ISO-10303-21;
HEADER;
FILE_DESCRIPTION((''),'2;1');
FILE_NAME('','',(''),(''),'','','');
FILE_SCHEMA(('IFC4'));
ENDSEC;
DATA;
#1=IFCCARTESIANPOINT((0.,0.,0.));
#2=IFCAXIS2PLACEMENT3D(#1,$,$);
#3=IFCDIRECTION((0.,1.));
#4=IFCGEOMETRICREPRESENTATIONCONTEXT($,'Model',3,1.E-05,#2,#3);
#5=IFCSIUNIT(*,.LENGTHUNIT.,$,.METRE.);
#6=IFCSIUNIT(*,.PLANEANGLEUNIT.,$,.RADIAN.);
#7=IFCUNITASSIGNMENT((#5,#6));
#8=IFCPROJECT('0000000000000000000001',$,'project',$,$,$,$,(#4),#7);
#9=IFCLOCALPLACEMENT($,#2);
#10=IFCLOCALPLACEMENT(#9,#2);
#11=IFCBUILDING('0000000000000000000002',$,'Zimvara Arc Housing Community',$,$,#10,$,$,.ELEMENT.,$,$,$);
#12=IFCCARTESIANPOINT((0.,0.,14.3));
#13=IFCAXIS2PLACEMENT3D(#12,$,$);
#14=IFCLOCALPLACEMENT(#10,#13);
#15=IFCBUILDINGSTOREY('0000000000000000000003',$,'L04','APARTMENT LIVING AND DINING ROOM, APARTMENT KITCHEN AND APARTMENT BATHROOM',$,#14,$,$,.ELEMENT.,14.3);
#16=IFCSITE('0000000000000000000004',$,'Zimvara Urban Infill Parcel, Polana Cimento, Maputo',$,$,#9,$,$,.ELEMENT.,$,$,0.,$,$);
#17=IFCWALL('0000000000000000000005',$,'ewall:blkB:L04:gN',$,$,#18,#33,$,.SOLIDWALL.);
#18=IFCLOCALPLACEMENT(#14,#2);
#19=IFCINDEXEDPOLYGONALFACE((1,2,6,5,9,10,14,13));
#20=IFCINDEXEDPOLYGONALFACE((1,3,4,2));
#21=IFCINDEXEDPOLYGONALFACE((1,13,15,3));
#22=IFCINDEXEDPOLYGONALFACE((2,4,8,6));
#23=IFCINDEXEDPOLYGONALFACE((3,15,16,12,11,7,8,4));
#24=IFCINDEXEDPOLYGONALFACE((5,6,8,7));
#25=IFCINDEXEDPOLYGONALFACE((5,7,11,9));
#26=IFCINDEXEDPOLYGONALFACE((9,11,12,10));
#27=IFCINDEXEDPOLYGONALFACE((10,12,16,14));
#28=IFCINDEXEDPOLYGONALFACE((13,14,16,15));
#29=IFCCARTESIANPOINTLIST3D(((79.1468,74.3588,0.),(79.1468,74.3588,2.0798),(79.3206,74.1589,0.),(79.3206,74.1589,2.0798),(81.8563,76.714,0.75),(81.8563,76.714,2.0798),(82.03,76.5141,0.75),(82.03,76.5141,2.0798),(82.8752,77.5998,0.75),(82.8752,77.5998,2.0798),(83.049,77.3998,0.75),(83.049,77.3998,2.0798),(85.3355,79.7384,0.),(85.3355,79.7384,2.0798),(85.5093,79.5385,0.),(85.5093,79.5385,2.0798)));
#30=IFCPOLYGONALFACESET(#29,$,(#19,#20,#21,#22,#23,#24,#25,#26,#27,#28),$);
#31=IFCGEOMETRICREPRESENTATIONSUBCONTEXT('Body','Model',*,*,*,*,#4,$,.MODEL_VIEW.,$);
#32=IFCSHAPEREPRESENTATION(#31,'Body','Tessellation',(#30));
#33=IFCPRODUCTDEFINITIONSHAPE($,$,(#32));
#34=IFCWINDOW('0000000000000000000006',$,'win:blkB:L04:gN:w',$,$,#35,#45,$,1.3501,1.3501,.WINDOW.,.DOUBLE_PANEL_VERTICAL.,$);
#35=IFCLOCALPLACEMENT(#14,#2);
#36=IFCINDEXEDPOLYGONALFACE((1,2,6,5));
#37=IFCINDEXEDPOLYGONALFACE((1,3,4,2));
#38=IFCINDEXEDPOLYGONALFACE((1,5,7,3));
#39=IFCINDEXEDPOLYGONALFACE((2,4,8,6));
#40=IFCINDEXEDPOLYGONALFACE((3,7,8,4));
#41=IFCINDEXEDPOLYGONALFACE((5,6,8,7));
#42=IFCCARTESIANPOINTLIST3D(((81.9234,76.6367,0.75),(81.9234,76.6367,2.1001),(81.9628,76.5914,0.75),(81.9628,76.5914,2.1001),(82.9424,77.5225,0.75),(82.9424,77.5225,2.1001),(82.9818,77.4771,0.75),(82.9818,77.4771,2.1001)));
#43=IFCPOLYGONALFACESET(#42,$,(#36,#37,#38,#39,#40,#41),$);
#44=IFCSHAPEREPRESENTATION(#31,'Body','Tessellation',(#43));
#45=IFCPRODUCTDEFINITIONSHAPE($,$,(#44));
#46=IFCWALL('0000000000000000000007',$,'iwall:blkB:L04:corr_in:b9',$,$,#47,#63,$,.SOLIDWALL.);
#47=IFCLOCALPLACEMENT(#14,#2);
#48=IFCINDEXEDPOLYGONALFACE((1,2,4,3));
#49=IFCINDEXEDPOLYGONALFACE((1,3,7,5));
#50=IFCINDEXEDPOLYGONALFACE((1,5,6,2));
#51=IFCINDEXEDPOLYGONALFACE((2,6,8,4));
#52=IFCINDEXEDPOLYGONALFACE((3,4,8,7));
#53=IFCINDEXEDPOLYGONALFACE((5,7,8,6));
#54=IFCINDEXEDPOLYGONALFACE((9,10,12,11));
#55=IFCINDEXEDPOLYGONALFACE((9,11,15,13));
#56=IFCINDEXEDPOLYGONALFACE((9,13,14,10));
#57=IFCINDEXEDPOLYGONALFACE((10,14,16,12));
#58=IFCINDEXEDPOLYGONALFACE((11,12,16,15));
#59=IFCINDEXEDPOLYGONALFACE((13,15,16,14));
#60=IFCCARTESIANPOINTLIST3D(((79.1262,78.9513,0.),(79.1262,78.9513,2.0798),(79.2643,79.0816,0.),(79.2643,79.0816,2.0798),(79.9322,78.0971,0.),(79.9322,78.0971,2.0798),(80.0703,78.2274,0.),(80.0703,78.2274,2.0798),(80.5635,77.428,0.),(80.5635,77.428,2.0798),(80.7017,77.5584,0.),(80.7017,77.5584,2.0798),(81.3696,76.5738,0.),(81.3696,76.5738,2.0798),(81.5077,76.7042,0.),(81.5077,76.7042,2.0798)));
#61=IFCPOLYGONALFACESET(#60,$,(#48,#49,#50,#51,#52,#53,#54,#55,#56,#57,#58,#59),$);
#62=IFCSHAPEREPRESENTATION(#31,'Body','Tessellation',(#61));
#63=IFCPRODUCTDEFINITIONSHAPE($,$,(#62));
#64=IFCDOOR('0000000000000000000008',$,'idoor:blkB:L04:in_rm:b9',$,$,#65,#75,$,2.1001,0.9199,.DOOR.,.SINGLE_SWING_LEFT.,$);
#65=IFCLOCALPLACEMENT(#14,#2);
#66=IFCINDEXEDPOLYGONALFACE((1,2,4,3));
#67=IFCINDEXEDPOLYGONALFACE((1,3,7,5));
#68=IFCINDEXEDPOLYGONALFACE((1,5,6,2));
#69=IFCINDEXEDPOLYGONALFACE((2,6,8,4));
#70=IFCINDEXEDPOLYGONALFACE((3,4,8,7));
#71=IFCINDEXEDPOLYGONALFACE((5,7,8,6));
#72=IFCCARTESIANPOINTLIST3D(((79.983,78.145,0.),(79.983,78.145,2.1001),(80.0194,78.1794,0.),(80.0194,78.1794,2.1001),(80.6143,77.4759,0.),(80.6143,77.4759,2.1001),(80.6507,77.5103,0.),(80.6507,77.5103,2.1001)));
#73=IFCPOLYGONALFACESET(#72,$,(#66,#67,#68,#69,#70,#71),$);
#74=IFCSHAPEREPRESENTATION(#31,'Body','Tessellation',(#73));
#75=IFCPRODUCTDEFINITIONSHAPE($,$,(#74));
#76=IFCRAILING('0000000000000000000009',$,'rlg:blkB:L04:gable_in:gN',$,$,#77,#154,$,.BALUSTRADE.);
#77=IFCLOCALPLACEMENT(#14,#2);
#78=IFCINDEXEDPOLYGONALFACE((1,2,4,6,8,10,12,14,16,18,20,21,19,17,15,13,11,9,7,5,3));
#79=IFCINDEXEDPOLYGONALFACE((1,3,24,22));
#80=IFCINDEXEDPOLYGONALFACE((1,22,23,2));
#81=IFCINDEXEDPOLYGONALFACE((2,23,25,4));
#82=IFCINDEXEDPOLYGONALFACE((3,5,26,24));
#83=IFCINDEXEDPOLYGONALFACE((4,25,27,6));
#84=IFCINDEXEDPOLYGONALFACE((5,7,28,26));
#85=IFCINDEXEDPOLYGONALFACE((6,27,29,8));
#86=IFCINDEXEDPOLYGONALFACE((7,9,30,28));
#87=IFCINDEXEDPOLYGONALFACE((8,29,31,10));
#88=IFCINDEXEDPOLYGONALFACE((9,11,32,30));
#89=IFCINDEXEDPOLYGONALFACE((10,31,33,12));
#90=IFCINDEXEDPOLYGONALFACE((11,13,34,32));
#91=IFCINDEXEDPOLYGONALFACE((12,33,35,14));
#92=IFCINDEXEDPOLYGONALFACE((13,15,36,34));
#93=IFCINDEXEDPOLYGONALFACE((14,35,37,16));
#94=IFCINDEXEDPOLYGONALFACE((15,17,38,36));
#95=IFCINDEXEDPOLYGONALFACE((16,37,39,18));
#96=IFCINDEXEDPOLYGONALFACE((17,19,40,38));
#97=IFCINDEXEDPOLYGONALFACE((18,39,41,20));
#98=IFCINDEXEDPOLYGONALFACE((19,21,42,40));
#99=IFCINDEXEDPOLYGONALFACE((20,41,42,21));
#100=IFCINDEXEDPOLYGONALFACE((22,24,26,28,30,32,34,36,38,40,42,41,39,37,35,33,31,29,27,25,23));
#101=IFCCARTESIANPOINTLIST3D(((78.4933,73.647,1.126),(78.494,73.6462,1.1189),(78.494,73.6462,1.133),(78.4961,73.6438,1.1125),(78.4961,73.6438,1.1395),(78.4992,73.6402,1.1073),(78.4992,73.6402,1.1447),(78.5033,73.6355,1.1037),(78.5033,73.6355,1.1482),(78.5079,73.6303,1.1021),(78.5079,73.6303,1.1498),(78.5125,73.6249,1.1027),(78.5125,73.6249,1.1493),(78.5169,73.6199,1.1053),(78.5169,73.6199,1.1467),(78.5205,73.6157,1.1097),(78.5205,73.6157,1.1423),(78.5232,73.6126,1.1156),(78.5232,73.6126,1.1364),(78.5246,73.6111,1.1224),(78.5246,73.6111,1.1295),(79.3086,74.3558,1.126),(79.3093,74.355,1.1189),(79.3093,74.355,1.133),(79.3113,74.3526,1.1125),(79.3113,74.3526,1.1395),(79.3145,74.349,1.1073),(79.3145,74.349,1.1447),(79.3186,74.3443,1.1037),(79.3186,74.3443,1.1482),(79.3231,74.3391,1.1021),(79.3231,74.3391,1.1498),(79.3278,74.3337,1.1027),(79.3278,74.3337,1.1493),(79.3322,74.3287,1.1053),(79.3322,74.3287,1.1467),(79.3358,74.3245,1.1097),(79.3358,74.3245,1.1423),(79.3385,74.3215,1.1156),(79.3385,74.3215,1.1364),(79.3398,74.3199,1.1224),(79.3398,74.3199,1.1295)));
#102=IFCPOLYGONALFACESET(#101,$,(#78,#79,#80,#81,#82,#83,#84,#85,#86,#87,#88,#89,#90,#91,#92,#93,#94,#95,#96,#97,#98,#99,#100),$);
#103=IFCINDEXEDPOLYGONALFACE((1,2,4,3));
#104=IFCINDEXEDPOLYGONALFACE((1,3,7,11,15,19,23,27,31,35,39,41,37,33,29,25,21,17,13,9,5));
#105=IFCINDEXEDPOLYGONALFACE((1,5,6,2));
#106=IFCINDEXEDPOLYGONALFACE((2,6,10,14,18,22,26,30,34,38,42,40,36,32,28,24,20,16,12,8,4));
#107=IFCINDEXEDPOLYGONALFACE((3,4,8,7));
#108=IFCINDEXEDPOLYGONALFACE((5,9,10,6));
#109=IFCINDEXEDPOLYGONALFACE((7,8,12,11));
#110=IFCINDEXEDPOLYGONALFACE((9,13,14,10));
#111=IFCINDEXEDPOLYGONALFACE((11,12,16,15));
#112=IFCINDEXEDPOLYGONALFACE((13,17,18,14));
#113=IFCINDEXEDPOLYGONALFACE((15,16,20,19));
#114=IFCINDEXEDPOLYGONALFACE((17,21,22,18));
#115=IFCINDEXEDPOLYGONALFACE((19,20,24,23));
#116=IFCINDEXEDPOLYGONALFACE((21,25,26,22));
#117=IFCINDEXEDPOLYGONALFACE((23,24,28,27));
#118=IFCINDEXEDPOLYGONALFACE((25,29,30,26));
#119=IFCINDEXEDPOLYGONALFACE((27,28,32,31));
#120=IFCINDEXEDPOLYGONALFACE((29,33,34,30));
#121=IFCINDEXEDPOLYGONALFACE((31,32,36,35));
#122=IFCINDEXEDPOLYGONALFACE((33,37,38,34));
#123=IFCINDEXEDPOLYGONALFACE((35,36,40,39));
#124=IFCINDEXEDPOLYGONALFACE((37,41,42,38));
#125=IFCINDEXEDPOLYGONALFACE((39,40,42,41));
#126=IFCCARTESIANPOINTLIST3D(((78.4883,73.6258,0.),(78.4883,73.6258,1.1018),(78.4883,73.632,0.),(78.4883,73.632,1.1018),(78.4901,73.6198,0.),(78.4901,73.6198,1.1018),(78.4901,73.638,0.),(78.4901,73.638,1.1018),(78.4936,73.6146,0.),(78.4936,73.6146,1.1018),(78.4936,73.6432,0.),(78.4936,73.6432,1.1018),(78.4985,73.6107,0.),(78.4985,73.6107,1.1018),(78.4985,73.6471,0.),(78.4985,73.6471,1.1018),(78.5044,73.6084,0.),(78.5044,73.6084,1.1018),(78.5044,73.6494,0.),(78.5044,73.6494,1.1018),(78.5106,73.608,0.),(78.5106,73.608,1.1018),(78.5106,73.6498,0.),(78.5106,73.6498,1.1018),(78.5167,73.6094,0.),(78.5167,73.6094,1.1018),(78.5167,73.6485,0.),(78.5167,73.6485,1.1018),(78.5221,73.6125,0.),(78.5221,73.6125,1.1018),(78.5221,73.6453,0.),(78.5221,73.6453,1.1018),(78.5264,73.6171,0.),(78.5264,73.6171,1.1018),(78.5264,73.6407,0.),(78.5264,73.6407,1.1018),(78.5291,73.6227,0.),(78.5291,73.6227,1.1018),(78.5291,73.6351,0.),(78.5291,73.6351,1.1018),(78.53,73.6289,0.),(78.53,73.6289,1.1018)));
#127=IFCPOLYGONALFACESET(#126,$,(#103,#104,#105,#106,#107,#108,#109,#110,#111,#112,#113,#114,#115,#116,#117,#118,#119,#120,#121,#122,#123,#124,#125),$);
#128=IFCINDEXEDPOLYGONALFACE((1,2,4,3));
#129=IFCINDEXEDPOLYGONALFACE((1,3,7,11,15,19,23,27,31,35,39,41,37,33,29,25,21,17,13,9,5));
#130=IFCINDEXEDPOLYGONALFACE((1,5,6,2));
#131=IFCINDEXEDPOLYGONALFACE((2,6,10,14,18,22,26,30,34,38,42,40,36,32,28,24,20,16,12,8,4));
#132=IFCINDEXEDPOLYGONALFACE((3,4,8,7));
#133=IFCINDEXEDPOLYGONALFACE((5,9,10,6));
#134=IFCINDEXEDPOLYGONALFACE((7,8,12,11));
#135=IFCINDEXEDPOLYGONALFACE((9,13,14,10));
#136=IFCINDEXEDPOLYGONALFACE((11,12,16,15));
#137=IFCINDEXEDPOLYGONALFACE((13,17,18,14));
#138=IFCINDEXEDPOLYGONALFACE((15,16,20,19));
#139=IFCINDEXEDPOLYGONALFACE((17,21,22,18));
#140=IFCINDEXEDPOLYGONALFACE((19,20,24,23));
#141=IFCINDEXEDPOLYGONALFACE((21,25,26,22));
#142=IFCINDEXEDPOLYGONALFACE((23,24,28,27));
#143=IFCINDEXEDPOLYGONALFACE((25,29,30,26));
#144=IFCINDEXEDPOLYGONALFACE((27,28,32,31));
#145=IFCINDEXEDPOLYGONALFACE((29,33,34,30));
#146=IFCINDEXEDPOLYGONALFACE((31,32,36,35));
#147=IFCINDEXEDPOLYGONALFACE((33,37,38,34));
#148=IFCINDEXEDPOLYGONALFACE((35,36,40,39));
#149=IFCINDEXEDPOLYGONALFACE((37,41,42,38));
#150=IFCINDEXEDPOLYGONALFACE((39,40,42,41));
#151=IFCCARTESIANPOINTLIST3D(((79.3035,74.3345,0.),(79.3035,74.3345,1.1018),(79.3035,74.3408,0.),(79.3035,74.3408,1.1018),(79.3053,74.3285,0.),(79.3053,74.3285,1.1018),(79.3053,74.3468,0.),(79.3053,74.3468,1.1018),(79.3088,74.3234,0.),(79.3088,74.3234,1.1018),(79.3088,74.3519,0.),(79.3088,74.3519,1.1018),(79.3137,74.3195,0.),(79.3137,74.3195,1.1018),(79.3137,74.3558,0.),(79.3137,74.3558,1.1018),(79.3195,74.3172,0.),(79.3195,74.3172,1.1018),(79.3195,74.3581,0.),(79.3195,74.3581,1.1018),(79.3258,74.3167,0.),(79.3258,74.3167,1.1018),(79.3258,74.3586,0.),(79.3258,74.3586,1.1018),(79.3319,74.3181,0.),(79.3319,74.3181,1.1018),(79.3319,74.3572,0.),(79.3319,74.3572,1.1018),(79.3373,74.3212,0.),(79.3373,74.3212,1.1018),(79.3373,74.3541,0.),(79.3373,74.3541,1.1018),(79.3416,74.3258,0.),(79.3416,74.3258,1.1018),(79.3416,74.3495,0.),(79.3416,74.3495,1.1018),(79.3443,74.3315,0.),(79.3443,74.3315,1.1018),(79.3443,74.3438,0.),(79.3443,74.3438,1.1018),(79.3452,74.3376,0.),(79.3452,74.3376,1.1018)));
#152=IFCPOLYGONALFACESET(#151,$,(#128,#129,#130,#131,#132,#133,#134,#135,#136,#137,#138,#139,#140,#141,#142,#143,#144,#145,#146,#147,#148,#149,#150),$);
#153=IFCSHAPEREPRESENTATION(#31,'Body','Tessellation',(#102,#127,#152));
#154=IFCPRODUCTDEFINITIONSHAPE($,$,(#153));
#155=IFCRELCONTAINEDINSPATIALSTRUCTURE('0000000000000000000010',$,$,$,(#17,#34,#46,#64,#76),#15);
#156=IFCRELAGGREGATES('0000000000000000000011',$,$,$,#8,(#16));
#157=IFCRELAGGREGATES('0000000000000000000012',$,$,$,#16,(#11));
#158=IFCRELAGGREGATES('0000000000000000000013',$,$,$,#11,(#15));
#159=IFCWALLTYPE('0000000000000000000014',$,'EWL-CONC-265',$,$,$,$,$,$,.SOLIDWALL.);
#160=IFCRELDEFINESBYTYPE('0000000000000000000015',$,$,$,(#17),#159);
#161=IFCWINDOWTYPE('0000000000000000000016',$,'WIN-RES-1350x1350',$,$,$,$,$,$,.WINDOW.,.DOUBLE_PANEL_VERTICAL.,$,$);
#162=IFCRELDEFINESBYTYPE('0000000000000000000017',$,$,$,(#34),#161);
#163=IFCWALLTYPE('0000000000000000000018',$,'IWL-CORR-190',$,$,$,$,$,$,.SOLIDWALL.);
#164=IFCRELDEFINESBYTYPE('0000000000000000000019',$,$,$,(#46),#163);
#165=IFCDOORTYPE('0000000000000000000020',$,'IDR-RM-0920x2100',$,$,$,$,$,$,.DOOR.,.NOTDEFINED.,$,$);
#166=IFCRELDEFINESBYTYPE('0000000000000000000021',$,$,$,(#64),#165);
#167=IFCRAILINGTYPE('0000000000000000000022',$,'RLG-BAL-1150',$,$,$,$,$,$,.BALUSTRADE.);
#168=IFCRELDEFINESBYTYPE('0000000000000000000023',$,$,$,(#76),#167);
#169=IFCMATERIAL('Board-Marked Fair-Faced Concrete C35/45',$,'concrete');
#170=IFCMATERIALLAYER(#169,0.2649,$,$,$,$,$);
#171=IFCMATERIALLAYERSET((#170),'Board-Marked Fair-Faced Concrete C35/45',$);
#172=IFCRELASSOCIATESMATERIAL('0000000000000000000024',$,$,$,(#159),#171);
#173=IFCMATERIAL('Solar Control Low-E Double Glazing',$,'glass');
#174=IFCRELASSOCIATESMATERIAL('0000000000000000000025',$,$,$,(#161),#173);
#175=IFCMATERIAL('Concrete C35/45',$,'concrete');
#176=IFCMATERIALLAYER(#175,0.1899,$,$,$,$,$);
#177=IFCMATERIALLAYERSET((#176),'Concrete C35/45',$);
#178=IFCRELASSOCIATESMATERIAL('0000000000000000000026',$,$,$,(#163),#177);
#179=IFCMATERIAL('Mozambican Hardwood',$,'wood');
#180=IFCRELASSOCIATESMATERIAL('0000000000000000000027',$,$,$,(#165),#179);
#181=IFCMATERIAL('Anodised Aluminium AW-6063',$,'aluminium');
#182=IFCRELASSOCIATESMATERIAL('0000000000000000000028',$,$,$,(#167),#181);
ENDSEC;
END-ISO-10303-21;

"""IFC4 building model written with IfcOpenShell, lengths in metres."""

from ifc_helpers import new_model, si_unit, direction, frame, frame_2d, origin, origin_2d, place, context, subcontext, project, spatial, rectangle, circle, extrude, material, layer, layer_set, type_object, element, fill, save


model = new_model("IFC4")

# Units and contexts
model_context = context("Model", 3, precision=1e-05, world=origin(), true_north=direction((0.0, 1.0)))
body_context = subcontext(model_context, "Body", "Model", "MODEL_VIEW")
ifc_project = project(units=[si_unit("LENGTHUNIT", "METRE"), si_unit("PLANEANGLEUNIT", "RADIAN")], contexts=[model_context])

# Site, building, storey
site_placement = place(None, origin())
site = spatial("IfcSite", under=ifc_project, at=site_placement, Name="Zimvara Urban Infill Parcel, Polana Cimento, Maputo", CompositionType="ELEMENT", RefElevation=0.0)
building_placement = place(site_placement, origin())
building = spatial("IfcBuilding", under=site, at=building_placement, Name="Zimvara Arc Housing Community", CompositionType="ELEMENT")
storey_placement = place(building_placement, frame((0.0, 0.0, 14.3)))
storey = spatial("IfcBuildingStorey", under=building, at=storey_placement, Name="L04", Description="APARTMENT LIVING AND DINING ROOM, APARTMENT KITCHEN AND APARTMENT BATHROOM", CompositionType="ELEMENT", Elevation=14.3)

# Wall, opening, window
ifc_material_1 = material(Name="Board-Marked Fair-Faced Concrete C35/45", Category="concrete")
ifc_layer_1 = layer(ifc_material_1, 0.2649)
ifc_layer_set_1 = layer_set([ifc_layer_1], Name="Board-Marked Fair-Faced Concrete C35/45")
wall_type_1 = type_object("IfcWallType", Name="EWL-CONC-265", PredefinedType="SOLIDWALL", material=ifc_layer_set_1)
wall_1_placement = place(storey_placement, frame((79.2336, 74.2588, 0.0), z_axis=(0.0, 0.0, 1.0), x_axis=(0.754718, 0.65605, 0.0)))
wall_1 = element("IfcWall", 1, at=wall_1_placement, inside=storey, type_object=wall_type_1, Name="ewall:blkB:L04:gN", PredefinedType="SOLIDWALL", context=body_context, shape_type="SweptSolid", body=[
    extrude(rectangle(XDim=8.2, YDim=0.2649, at=frame_2d((4.1001, 0.0))), origin(), (0.0, 0.0, 1.0), 2.0798),
])
opening_1_placement = place(wall_1_placement, frame((3.5901, 0.0, 0.75)))
opening_1 = element("IfcOpeningElement", 2, at=opening_1_placement, cuts=wall_1, PredefinedType="OPENING", context=body_context, shape_type="SweptSolid", body=[
    extrude(rectangle(XDim=1.3501, YDim=1.3501, at=frame_2d((0.675, 0.675))), frame((0.0, 0.1423, 0.0), z_axis=(0.0, -1.0, 0.0), x_axis=(1.0, 0.0, 0.0)), (0.0, 0.0, 1.0), 0.2849),
])
ifc_material_2 = material(Name="Solar Control Low-E Double Glazing", Category="glass")
window_type = type_object("IfcWindowType", Name="WIN-RES-1350x1350", PartitioningType="DOUBLE_PANEL_VERTICAL", PredefinedType="WINDOW", material=ifc_material_2)
window_placement = place(opening_1_placement, origin())
window = element("IfcWindow", 3, at=window_placement, inside=storey, type_object=window_type, Name="win:blkB:L04:gN:w", OverallHeight=1.3501, OverallWidth=1.3501, PartitioningType="DOUBLE_PANEL_VERTICAL", PredefinedType="WINDOW", context=body_context, shape_type="SweptSolid", body=[
    extrude(rectangle(XDim=1.3501, YDim=1.3501, at=frame_2d((0.675, 0.675))), frame((0.0, 0.03, 0.0), z_axis=(0.0, -1.0, 0.0), x_axis=(1.0, 0.0, 0.0)), (0.0, 0.0, 1.0), 0.0601),
])
fill(opening_1, window)

# Wall, opening, door
ifc_material_3 = material(Name="Concrete C35/45", Category="concrete")
ifc_layer_2 = layer(ifc_material_3, 0.1899)
ifc_layer_set_2 = layer_set([ifc_layer_2], Name="Concrete C35/45")
wall_type_2 = type_object("IfcWallType", Name="IWL-CORR-190", PredefinedType="SOLIDWALL", material=ifc_layer_set_2)
wall_2_placement = place(storey_placement, frame((79.1953, 79.0164, 0.0), z_axis=(0.0, 0.0, 1.0), x_axis=(0.686308, -0.727311, 0.0)))
wall_2 = element("IfcWall", 4, at=wall_2_placement, inside=storey, type_object=wall_type_2, Name="iwall:blkB:L04:corr_in:b9", PredefinedType="SOLIDWALL", context=body_context, shape_type="SweptSolid", body=[
    extrude(rectangle(XDim=3.2688, YDim=0.1899, at=frame_2d((1.6343, 0.0))), origin(), (0.0, 0.0, 1.0), 2.0798),
])
opening_2_placement = place(wall_2_placement, frame((1.1743, 0.0, 0.0)))
opening_2 = element("IfcOpeningElement", 5, at=opening_2_placement, cuts=wall_2, PredefinedType="OPENING", context=body_context, shape_type="SweptSolid", body=[
    extrude(rectangle(XDim=0.9199, YDim=2.1001, at=frame_2d((0.46, 1.05))), frame((0.0, 0.105, 0.0), z_axis=(0.0, -1.0, 0.0), x_axis=(1.0, 0.0, 0.0)), (0.0, 0.0, 1.0), 0.21),
])
ifc_material_4 = material(Name="Mozambican Hardwood", Category="wood")
door_type = type_object("IfcDoorType", Name="IDR-RM-0920x2100", OperationType="NOTDEFINED", PredefinedType="DOOR", material=ifc_material_4)
door_placement = place(opening_2_placement, origin())
door = element("IfcDoor", 6, at=door_placement, inside=storey, type_object=door_type, Name="idoor:blkB:L04:in_rm:b9", OperationType="SINGLE_SWING_LEFT", OverallHeight=2.1001, OverallWidth=0.9199, PredefinedType="DOOR", context=body_context, shape_type="SweptSolid", body=[
    extrude(rectangle(XDim=0.9199, YDim=2.1001, at=frame_2d((0.46, 1.05))), frame((0.0, 0.0249, 0.0), z_axis=(0.0, -1.0, 0.0), x_axis=(1.0, 0.0, 0.0)), (0.0, 0.0, 1.0), 0.05),
])
fill(opening_2, door)

# Railing
ifc_material_5 = material(Name="Anodised Aluminium AW-6063", Category="aluminium")
railing_type = type_object("IfcRailingType", Name="RLG-BAL-1150", PredefinedType="BALUSTRADE", material=ifc_material_5)
railing_placement = place(storey_placement, frame((78.509, 73.6289, 0.0)))
element("IfcRailing", 7, at=railing_placement, inside=storey, type_object=railing_type, Name="rlg:blkB:L04:gable_in:gN", PredefinedType="BALUSTRADE", context=body_context, shape_type="SweptSolid", body=[
    extrude(circle(Radius=0.0239, at=origin_2d()), frame((0.0, 0.0, 1.126), z_axis=(0.754659, 0.656117, 0.0), x_axis=(-0.656117, 0.754659, 0.0)), (0.0, 0.0, 1.0), 1.0803),
    extrude(circle(Radius=0.021, at=origin_2d()), origin(), (0.0, 0.0, 1.0), 1.1018),
    extrude(circle(Radius=0.021, at=origin_2d()), frame((0.8152, 0.7087, 0.0)), (0.0, 0.0, 1.0), 1.1018),
])

save(model, "model.ifc")
